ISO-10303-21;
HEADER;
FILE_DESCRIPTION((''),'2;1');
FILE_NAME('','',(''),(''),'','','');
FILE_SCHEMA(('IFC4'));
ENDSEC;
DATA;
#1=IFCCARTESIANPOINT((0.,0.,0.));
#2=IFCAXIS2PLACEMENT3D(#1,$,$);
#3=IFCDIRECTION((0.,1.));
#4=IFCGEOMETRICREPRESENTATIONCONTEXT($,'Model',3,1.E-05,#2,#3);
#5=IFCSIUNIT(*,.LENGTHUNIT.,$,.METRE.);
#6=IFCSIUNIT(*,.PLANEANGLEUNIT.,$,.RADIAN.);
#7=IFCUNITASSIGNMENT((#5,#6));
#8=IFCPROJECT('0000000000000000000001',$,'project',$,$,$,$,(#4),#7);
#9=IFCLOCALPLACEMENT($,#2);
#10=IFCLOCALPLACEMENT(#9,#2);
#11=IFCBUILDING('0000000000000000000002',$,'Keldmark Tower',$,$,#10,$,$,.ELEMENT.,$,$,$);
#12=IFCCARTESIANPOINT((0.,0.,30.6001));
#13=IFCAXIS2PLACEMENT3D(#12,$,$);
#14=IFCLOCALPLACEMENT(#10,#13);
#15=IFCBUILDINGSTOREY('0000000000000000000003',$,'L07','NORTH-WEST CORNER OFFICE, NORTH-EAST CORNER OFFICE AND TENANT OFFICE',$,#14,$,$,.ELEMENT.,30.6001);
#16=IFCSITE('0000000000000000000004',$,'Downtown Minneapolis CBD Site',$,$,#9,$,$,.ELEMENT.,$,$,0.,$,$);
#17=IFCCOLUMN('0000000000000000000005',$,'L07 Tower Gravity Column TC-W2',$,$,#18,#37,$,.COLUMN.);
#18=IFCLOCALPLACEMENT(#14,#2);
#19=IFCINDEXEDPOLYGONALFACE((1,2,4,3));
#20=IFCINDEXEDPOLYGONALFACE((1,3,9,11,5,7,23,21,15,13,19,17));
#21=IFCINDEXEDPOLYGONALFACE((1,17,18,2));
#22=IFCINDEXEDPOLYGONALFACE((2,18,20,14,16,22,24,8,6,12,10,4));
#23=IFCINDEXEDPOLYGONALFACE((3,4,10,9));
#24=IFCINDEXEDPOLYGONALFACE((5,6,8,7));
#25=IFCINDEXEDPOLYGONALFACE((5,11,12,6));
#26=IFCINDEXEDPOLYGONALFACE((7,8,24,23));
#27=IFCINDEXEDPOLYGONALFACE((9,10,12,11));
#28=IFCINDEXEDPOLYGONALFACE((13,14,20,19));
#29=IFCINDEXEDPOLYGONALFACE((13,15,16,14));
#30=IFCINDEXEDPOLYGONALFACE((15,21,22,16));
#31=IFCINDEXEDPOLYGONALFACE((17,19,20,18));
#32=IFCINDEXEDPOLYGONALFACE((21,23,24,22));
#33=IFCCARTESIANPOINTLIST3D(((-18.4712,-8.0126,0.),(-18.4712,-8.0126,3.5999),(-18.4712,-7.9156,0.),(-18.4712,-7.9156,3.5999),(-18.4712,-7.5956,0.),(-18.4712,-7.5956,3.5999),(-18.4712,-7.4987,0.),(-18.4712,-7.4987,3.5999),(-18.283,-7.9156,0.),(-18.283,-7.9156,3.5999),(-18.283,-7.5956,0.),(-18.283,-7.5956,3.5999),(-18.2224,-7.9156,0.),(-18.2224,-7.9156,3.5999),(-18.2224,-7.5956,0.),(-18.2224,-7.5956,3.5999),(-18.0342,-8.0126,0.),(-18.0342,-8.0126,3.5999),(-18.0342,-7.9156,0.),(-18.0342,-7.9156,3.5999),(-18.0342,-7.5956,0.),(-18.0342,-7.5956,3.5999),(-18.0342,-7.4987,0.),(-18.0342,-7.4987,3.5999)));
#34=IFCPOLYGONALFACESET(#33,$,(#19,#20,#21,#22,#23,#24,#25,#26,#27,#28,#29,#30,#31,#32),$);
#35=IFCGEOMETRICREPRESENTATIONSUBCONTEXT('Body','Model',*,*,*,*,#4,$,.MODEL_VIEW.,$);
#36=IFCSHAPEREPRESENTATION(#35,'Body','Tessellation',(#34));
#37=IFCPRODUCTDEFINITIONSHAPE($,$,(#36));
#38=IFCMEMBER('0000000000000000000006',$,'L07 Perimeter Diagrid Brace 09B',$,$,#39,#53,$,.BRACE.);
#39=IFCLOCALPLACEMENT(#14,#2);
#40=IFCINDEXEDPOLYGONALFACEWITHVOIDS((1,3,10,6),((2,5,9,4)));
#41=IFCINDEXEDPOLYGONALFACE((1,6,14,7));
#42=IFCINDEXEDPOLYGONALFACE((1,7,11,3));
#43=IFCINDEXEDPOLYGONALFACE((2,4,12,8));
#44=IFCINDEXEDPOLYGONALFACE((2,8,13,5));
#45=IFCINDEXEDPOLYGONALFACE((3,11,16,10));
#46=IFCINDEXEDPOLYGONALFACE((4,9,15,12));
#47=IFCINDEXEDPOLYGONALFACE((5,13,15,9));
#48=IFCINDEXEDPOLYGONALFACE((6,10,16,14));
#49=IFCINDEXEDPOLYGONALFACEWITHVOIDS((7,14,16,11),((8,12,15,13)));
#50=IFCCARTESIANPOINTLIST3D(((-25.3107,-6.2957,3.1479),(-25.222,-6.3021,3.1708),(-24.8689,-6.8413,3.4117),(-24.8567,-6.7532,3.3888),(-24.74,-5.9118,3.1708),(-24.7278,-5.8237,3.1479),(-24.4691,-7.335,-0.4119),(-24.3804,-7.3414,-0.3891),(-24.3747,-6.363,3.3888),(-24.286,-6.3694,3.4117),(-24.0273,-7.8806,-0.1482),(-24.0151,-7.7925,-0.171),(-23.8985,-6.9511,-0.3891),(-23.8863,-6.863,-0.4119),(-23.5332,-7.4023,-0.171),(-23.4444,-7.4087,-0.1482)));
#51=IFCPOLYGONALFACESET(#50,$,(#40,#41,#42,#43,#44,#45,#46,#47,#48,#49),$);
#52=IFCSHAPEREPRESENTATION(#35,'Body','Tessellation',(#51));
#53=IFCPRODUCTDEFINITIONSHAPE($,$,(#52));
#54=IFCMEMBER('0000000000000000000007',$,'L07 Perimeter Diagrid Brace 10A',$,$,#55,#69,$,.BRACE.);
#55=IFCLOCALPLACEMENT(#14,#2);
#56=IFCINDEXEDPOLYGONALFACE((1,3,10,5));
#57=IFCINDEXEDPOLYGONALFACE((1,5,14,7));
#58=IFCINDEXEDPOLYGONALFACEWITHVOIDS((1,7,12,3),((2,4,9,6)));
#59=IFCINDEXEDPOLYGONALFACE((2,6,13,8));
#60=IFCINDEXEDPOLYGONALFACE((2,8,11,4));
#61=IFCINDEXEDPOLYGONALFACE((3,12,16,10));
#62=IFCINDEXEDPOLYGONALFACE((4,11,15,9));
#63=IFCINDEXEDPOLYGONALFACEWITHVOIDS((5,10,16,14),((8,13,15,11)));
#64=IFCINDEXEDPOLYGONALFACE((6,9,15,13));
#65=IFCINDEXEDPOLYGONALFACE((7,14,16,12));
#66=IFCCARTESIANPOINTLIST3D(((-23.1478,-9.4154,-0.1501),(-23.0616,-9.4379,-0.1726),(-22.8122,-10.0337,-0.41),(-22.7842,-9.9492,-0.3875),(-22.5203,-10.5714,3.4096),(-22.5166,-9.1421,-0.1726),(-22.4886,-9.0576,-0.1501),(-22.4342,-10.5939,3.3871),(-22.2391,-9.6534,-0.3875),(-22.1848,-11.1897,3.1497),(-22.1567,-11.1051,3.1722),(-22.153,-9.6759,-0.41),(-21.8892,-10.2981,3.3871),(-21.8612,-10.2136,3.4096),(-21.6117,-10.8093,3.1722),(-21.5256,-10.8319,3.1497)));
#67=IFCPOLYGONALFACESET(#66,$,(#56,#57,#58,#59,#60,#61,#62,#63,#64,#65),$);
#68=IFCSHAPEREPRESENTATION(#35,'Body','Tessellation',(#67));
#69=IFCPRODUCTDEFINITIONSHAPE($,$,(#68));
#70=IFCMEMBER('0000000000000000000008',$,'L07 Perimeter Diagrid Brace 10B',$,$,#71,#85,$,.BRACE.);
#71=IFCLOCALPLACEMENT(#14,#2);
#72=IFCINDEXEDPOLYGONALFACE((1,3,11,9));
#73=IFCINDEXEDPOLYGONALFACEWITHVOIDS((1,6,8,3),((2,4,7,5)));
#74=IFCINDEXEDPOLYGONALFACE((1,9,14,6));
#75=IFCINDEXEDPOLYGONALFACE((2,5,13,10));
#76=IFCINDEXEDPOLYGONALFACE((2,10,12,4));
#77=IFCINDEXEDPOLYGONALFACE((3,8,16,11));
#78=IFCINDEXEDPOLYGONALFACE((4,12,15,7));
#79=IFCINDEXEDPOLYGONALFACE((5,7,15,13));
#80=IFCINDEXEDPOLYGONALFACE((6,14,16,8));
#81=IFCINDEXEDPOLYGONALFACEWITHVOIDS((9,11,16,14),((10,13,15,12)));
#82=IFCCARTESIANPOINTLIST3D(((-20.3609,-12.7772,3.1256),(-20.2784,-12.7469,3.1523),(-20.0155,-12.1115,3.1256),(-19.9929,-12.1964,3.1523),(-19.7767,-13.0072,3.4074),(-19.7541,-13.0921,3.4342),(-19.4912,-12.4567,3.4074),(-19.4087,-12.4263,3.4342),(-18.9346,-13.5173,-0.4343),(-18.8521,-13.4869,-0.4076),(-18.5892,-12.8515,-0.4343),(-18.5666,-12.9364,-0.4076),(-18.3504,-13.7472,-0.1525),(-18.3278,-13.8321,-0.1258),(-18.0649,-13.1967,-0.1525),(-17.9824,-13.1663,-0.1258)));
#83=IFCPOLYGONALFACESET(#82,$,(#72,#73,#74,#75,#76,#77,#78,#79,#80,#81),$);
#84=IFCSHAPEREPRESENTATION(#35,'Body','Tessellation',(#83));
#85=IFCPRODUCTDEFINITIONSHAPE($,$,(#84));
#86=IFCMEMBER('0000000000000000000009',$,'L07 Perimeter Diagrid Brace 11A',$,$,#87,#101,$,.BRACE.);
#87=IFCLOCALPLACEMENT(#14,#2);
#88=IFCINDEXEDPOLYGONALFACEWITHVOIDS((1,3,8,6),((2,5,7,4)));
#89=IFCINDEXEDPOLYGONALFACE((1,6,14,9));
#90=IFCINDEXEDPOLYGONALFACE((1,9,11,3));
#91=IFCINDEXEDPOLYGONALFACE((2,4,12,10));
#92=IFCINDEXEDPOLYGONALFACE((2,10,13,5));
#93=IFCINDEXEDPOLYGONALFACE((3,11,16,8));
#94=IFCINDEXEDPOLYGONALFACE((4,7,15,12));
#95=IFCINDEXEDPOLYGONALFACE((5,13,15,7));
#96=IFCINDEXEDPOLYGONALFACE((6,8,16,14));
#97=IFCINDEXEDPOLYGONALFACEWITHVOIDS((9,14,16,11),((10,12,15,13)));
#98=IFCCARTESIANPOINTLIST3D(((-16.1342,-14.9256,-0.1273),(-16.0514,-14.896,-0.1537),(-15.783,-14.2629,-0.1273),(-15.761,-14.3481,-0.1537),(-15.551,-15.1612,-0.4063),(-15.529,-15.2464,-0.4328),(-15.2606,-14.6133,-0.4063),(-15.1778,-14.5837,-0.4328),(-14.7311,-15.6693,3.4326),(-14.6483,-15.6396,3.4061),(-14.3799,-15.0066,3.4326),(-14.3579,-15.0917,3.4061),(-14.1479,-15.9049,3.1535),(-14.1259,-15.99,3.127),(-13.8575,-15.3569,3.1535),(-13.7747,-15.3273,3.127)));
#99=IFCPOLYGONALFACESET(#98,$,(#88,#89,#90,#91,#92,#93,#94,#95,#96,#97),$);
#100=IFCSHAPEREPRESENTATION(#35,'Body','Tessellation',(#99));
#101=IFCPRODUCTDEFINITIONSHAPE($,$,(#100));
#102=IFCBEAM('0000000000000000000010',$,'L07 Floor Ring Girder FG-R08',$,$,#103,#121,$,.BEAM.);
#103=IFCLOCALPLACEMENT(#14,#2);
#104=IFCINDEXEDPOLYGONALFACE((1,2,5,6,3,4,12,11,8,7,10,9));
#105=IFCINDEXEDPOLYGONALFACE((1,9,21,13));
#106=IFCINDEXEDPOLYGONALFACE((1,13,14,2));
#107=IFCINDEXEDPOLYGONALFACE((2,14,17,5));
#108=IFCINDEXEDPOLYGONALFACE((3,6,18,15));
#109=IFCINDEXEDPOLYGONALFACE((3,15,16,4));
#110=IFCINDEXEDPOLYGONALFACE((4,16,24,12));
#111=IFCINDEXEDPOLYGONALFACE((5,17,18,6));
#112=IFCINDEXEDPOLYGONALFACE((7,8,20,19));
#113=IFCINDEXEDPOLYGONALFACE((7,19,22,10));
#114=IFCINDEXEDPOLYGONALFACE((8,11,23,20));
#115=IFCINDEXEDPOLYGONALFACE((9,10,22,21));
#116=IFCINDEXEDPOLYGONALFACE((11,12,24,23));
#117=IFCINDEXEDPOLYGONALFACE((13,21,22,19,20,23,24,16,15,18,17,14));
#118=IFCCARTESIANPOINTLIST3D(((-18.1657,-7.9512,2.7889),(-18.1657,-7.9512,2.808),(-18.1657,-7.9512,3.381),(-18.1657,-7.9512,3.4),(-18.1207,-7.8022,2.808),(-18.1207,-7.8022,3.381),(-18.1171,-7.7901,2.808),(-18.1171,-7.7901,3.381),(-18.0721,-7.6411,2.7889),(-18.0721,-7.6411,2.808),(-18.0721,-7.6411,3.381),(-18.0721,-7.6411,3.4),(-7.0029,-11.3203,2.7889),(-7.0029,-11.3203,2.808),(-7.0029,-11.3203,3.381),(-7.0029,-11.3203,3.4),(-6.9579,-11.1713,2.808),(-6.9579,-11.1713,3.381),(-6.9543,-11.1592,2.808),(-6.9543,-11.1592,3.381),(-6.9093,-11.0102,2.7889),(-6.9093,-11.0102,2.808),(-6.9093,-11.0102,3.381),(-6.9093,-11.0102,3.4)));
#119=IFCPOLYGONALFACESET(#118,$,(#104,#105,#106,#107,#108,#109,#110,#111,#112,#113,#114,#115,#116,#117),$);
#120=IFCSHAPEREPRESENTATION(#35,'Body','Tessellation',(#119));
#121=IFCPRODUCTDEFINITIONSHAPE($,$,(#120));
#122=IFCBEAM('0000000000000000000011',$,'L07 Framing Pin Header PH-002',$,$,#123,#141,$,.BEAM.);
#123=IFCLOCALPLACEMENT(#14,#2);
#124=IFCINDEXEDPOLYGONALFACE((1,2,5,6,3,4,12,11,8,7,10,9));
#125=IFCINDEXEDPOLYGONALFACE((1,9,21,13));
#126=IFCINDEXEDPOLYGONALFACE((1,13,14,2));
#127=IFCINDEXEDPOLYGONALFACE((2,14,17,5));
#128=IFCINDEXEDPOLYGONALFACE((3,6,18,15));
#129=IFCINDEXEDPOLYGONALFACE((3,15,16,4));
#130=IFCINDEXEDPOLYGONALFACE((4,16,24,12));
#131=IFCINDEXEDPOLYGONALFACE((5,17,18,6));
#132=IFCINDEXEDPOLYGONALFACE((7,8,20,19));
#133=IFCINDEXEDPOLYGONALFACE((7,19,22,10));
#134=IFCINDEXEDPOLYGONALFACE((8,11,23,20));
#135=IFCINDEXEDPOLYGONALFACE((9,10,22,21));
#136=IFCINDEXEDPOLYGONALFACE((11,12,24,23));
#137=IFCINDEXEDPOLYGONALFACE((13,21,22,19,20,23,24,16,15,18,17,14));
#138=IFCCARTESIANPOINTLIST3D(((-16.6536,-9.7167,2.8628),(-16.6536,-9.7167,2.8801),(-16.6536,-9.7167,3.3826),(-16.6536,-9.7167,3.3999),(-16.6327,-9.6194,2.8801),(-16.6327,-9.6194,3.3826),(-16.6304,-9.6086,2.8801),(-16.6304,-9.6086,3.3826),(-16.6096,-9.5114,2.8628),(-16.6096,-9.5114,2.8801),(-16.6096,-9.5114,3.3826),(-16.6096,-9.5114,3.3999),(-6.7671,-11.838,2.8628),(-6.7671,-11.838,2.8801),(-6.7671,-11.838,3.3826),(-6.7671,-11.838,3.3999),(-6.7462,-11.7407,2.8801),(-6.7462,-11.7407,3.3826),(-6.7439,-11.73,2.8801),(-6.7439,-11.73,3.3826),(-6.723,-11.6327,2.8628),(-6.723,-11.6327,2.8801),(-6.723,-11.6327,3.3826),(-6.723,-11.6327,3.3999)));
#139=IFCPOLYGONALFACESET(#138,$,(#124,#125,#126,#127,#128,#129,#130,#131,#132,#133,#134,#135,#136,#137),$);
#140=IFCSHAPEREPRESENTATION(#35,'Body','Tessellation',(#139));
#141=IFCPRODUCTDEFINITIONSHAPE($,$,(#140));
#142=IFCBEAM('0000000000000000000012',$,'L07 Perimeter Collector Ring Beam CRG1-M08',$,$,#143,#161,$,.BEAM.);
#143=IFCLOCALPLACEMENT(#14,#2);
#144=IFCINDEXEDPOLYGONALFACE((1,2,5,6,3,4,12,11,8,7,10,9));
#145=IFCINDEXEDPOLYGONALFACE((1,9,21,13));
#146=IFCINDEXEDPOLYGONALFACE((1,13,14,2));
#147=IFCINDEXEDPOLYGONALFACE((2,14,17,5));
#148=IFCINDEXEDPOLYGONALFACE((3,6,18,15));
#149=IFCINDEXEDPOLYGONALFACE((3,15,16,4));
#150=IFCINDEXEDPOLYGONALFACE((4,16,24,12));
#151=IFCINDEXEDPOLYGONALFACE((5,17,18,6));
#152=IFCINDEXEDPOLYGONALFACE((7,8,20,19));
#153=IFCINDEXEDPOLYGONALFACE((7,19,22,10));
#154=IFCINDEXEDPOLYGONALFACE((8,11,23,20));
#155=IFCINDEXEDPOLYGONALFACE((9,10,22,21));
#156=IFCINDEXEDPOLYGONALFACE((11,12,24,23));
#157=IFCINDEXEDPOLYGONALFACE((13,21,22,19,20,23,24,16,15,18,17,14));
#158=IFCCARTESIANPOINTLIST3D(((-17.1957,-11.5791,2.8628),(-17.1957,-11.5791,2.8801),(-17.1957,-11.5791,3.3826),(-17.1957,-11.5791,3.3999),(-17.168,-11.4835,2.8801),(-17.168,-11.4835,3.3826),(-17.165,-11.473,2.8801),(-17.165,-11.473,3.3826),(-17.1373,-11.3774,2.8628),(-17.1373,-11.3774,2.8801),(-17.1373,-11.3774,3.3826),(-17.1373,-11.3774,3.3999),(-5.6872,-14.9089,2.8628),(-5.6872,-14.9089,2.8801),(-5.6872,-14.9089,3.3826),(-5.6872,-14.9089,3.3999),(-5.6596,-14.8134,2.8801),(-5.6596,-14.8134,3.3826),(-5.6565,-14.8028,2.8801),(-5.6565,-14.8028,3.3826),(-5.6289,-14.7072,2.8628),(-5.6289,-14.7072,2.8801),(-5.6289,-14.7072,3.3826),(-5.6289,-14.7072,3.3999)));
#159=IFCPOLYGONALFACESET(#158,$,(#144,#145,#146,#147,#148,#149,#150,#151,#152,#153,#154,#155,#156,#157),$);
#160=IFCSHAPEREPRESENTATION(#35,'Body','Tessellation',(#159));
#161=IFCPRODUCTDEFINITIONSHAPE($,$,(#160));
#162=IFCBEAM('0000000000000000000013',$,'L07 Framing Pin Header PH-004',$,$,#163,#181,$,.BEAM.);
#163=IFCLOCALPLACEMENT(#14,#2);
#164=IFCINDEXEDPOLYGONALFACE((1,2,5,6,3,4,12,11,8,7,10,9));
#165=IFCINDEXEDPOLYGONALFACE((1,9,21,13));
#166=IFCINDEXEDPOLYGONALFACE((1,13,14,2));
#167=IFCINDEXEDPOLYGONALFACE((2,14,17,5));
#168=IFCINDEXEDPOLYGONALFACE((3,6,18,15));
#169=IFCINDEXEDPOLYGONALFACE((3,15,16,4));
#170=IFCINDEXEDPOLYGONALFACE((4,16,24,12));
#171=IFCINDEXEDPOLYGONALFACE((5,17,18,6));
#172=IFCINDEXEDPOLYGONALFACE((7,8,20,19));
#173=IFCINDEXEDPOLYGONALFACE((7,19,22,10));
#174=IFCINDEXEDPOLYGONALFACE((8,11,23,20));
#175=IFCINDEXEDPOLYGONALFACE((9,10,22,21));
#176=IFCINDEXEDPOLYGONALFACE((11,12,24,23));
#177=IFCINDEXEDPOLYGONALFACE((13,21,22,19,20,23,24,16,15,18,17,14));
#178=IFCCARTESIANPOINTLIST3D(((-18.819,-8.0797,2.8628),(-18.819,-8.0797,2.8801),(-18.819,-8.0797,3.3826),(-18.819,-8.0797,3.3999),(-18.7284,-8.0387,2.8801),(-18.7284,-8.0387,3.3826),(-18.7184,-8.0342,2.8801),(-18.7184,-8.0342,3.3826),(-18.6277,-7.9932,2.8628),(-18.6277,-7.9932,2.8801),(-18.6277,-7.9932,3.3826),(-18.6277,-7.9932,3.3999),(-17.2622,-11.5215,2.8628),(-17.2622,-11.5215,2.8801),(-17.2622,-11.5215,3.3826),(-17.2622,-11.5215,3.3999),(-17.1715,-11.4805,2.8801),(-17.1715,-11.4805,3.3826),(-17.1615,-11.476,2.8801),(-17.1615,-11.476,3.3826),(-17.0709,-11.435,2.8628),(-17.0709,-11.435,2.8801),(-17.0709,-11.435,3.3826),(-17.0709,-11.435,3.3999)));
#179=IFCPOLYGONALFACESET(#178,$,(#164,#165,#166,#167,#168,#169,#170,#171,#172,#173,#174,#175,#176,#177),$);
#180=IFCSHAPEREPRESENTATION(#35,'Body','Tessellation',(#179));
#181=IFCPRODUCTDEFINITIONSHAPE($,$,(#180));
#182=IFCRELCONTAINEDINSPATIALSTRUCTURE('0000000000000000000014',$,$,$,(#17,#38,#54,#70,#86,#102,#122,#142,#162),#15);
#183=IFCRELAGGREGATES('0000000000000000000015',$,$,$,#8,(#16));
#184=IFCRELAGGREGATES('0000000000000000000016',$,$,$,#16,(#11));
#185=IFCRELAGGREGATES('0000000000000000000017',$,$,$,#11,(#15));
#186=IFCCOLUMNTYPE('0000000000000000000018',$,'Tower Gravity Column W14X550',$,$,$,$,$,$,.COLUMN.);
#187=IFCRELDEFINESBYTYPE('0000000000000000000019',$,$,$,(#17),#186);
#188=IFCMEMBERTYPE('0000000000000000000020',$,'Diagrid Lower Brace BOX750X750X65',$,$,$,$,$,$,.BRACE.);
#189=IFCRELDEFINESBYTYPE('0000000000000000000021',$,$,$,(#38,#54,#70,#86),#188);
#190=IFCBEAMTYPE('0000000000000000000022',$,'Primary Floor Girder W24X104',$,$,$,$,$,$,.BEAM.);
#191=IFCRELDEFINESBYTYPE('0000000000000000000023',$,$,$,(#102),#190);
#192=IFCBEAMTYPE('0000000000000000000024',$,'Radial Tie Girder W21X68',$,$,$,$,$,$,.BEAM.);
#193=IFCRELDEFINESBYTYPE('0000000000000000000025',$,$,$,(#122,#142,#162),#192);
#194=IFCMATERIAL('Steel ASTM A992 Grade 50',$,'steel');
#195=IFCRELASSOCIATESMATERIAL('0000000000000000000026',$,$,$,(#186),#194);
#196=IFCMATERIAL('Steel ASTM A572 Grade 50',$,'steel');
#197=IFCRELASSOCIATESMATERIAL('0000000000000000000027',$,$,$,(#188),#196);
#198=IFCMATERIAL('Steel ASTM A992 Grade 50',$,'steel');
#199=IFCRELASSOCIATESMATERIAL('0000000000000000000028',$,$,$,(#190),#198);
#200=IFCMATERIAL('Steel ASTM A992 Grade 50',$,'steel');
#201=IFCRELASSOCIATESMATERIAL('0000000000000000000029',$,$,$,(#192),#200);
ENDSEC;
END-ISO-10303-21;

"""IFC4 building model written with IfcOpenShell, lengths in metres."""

from ifc_helpers import new_model, si_unit, direction, frame, origin, origin_2d, place, context, subcontext, project, spatial, hollow_rectangle, i_section, extrude, material, material_profile, profile_set, type_object, element, save


model = new_model("IFC4")

# Units and contexts
model_context = context("Model", 3, precision=1e-05, world=origin(), true_north=direction((0.0, 1.0)))
body_context = subcontext(model_context, "Body", "Model", "MODEL_VIEW")
ifc_project = project(units=[si_unit("LENGTHUNIT", "METRE"), si_unit("PLANEANGLEUNIT", "RADIAN")], contexts=[model_context])

# Site, building, storey
site_placement = place(None, origin())
site = spatial("IfcSite", under=ifc_project, at=site_placement, Name="Downtown Minneapolis CBD Site", CompositionType="ELEMENT", RefElevation=0.0)
building_placement = place(site_placement, origin())
building = spatial("IfcBuilding", under=site, at=building_placement, Name="Keldmark Tower", CompositionType="ELEMENT")
storey_placement = place(building_placement, frame((0.0, 0.0, 30.6001)))
storey = spatial("IfcBuildingStorey", under=building, at=storey_placement, Name="L07", Description="NORTH-WEST CORNER OFFICE, NORTH-EAST CORNER OFFICE AND TENANT OFFICE", CompositionType="ELEMENT", Elevation=30.6001)

# Column
ifc_material_1 = material(Name="Steel ASTM A992 Grade 50", Category="steel")
ifc_material_profile_1 = material_profile(ifc_material_1, i_section(OverallWidth=0.437, OverallDepth=0.5139, WebThickness=0.0605, FlangeThickness=0.0969, at=origin_2d()), Name="W14X550")
ifc_profile_set_1 = profile_set([ifc_material_profile_1], Name="Steel ASTM A992 Grade 50")
column_type = type_object("IfcColumnType", Name="Tower Gravity Column W14X550", PredefinedType="COLUMN", material=ifc_profile_set_1)
column_placement = place(storey_placement, frame((-18.2527, -7.7556, 0.0), z_axis=(0.0, 0.0, 1.0), x_axis=(1.0, 0.0, 0.0)))
element("IfcColumn", 1, at=column_placement, inside=storey, type_object=column_type, Name="L07 Tower Gravity Column TC-W2", PredefinedType="COLUMN", context=body_context, shape_type="SweptSolid", body=[
    extrude(i_section(OverallWidth=0.437, OverallDepth=0.5139, WebThickness=0.0605, FlangeThickness=0.0969, at=origin_2d()), origin(), (0.0, 0.0, 1.0), 3.5999),
])

# Members
ifc_material_2 = material(Name="Steel ASTM A572 Grade 50", Category="steel")
ifc_material_profile_2 = material_profile(ifc_material_2, hollow_rectangle(XDim=0.75, YDim=0.75, WallThickness=0.0649, at=origin_2d()), Name="BOX750X750X65")
ifc_profile_set_2 = profile_set([ifc_material_profile_2], Name="Steel ASTM A572 Grade 50")
member_type = type_object("IfcMemberType", Name="Diagrid Lower Brace BOX750X750X65", PredefinedType="BRACE", material=ifc_profile_set_2)
member_1_placement = place(storey_placement, frame((-23.9568, -7.3718, -0.28), z_axis=(-0.221303, 0.273306, 0.936124), x_axis=(-0.777168, -0.629293, 0.0)))
element("IfcMember", 2, at=member_1_placement, inside=storey, type_object=member_type, Name="L07 Perimeter Diagrid Brace 09B", PredefinedType="BRACE", context=body_context, shape_type="SweptSolid", body=[
    extrude(hollow_rectangle(XDim=0.75, YDim=0.75, WallThickness=0.0649, at=origin_2d()), origin(), (0.0, 0.0, 1.0), 3.8027),
])
member_2_placement = place(storey_placement, frame((-22.6504, -9.5457, -0.28), z_axis=(0.165332, -0.30461, 0.938018), x_axis=(0.878887, 0.47703, 0.0)))
element("IfcMember", 3, at=member_2_placement, inside=storey, type_object=member_type, Name="L07 Perimeter Diagrid Brace 10A", PredefinedType="BRACE", context=body_context, shape_type="SweptSolid", body=[
    extrude(hollow_rectangle(XDim=0.75, YDim=0.75, WallThickness=0.0649, at=origin_2d()), origin(), (0.0, 0.0, 1.0), 3.7949),
])
member_3_placement = place(storey_placement, frame((-18.4585, -13.3418, -0.28), z_axis=(-0.365181, 0.189467, 0.911452), x_axis=(-0.460534, -0.887642, 0.0)))
element("IfcMember", 4, at=member_3_placement, inside=storey, type_object=member_type, Name="L07 Perimeter Diagrid Brace 10B", PredefinedType="BRACE", context=body_context, shape_type="SweptSolid", body=[
    extrude(hollow_rectangle(XDim=0.75, YDim=0.75, WallThickness=0.0649, at=origin_2d()), origin(), (0.0, 0.0, 1.0), 3.9058),
])
member_4_placement = place(storey_placement, frame((-15.656, -14.7546, -0.28), z_axis=(0.359953, -0.190781, 0.913256), x_axis=(0.468304, 0.883567, 0.0)))
element("IfcMember", 5, at=member_4_placement, inside=storey, type_object=member_type, Name="L07 Perimeter Diagrid Brace 11A", PredefinedType="BRACE", context=body_context, shape_type="SweptSolid", body=[
    extrude(hollow_rectangle(XDim=0.75, YDim=0.75, WallThickness=0.0649, at=origin_2d()), origin(), (0.0, 0.0, 1.0), 3.8979),
])

# Beams
ifc_material_3 = material(Name="Steel ASTM A992 Grade 50", Category="steel")
ifc_material_profile_3 = material_profile(ifc_material_3, i_section(OverallWidth=0.324, OverallDepth=0.6111, WebThickness=0.0127, FlangeThickness=0.019, at=origin_2d()), Name="W24X104")
ifc_profile_set_3 = profile_set([ifc_material_profile_3], Name="Steel ASTM A992 Grade 50")
beam_type_1 = type_object("IfcBeamType", Name="Primary Floor Girder W24X104", PredefinedType="BEAM", material=ifc_profile_set_3)
beam_1_placement = place(storey_placement, frame((-18.1189, -7.7961, 3.0945), z_axis=(0.957346, -0.288944, 0.0), x_axis=(0.288944, 0.957346, 0.0)))
element("IfcBeam", 6, at=beam_1_placement, inside=storey, type_object=beam_type_1, Name="L07 Floor Ring Girder FG-R08", PredefinedType="BEAM", context=body_context, shape_type="SweptSolid", body=[
    extrude(i_section(OverallWidth=0.324, OverallDepth=0.6111, WebThickness=0.0127, FlangeThickness=0.019, at=origin_2d()), origin(), (0.0, 0.0, 1.0), 11.6602),
])
ifc_material_4 = material(Name="Steel ASTM A992 Grade 50", Category="steel")
ifc_material_profile_4 = material_profile(ifc_material_4, i_section(OverallWidth=0.21, OverallDepth=0.5371, WebThickness=0.011, FlangeThickness=0.0173, at=origin_2d()), Name="W21X68")
ifc_profile_set_4 = profile_set([ifc_material_profile_4], Name="Steel ASTM A992 Grade 50")
beam_type_2 = type_object("IfcBeamType", Name="Radial Tie Girder W21X68", PredefinedType="BEAM", material=ifc_profile_set_4)
beam_2_placement = place(storey_placement, frame((-16.6316, -9.614, 3.1313), z_axis=(0.977745, -0.209795, 0.0), x_axis=(0.209795, 0.977745, 0.0)))
element("IfcBeam", 7, at=beam_2_placement, inside=storey, type_object=beam_type_2, Name="L07 Framing Pin Header PH-002", PredefinedType="BEAM", context=body_context, shape_type="SweptSolid", body=[
    extrude(i_section(OverallWidth=0.21, OverallDepth=0.5371, WebThickness=0.011, FlangeThickness=0.0173, at=origin_2d()), origin(), (0.0, 0.0, 1.0), 10.1116),
])
beam_3_placement = place(storey_placement, frame((-17.1665, -11.4783, 3.1313), z_axis=(0.9606, -0.277936, 0.0), x_axis=(0.277936, 0.9606, 0.0)))
element("IfcBeam", 8, at=beam_3_placement, inside=storey, type_object=beam_type_2, Name="L07 Perimeter Collector Ring Beam CRG1-M08", PredefinedType="BEAM", context=body_context, shape_type="SweptSolid", body=[
    extrude(i_section(OverallWidth=0.21, OverallDepth=0.5371, WebThickness=0.011, FlangeThickness=0.0173, at=origin_2d()), origin(), (0.0, 0.0, 1.0), 11.9805),
])
beam_4_placement = place(storey_placement, frame((-17.1665, -11.4783, 3.1313), z_axis=(-0.412132, 0.911124, 0.0), x_axis=(-0.911124, -0.412132, 0.0)))
element("IfcBeam", 9, at=beam_4_placement, inside=storey, type_object=beam_type_2, Name="L07 Framing Pin Header PH-004", PredefinedType="BEAM", context=body_context, shape_type="SweptSolid", body=[
    extrude(i_section(OverallWidth=0.21, OverallDepth=0.5371, WebThickness=0.011, FlangeThickness=0.0173, at=origin_2d()), origin(), (0.0, 0.0, 1.0), 3.7776),
])

save(model, "model.ifc")
